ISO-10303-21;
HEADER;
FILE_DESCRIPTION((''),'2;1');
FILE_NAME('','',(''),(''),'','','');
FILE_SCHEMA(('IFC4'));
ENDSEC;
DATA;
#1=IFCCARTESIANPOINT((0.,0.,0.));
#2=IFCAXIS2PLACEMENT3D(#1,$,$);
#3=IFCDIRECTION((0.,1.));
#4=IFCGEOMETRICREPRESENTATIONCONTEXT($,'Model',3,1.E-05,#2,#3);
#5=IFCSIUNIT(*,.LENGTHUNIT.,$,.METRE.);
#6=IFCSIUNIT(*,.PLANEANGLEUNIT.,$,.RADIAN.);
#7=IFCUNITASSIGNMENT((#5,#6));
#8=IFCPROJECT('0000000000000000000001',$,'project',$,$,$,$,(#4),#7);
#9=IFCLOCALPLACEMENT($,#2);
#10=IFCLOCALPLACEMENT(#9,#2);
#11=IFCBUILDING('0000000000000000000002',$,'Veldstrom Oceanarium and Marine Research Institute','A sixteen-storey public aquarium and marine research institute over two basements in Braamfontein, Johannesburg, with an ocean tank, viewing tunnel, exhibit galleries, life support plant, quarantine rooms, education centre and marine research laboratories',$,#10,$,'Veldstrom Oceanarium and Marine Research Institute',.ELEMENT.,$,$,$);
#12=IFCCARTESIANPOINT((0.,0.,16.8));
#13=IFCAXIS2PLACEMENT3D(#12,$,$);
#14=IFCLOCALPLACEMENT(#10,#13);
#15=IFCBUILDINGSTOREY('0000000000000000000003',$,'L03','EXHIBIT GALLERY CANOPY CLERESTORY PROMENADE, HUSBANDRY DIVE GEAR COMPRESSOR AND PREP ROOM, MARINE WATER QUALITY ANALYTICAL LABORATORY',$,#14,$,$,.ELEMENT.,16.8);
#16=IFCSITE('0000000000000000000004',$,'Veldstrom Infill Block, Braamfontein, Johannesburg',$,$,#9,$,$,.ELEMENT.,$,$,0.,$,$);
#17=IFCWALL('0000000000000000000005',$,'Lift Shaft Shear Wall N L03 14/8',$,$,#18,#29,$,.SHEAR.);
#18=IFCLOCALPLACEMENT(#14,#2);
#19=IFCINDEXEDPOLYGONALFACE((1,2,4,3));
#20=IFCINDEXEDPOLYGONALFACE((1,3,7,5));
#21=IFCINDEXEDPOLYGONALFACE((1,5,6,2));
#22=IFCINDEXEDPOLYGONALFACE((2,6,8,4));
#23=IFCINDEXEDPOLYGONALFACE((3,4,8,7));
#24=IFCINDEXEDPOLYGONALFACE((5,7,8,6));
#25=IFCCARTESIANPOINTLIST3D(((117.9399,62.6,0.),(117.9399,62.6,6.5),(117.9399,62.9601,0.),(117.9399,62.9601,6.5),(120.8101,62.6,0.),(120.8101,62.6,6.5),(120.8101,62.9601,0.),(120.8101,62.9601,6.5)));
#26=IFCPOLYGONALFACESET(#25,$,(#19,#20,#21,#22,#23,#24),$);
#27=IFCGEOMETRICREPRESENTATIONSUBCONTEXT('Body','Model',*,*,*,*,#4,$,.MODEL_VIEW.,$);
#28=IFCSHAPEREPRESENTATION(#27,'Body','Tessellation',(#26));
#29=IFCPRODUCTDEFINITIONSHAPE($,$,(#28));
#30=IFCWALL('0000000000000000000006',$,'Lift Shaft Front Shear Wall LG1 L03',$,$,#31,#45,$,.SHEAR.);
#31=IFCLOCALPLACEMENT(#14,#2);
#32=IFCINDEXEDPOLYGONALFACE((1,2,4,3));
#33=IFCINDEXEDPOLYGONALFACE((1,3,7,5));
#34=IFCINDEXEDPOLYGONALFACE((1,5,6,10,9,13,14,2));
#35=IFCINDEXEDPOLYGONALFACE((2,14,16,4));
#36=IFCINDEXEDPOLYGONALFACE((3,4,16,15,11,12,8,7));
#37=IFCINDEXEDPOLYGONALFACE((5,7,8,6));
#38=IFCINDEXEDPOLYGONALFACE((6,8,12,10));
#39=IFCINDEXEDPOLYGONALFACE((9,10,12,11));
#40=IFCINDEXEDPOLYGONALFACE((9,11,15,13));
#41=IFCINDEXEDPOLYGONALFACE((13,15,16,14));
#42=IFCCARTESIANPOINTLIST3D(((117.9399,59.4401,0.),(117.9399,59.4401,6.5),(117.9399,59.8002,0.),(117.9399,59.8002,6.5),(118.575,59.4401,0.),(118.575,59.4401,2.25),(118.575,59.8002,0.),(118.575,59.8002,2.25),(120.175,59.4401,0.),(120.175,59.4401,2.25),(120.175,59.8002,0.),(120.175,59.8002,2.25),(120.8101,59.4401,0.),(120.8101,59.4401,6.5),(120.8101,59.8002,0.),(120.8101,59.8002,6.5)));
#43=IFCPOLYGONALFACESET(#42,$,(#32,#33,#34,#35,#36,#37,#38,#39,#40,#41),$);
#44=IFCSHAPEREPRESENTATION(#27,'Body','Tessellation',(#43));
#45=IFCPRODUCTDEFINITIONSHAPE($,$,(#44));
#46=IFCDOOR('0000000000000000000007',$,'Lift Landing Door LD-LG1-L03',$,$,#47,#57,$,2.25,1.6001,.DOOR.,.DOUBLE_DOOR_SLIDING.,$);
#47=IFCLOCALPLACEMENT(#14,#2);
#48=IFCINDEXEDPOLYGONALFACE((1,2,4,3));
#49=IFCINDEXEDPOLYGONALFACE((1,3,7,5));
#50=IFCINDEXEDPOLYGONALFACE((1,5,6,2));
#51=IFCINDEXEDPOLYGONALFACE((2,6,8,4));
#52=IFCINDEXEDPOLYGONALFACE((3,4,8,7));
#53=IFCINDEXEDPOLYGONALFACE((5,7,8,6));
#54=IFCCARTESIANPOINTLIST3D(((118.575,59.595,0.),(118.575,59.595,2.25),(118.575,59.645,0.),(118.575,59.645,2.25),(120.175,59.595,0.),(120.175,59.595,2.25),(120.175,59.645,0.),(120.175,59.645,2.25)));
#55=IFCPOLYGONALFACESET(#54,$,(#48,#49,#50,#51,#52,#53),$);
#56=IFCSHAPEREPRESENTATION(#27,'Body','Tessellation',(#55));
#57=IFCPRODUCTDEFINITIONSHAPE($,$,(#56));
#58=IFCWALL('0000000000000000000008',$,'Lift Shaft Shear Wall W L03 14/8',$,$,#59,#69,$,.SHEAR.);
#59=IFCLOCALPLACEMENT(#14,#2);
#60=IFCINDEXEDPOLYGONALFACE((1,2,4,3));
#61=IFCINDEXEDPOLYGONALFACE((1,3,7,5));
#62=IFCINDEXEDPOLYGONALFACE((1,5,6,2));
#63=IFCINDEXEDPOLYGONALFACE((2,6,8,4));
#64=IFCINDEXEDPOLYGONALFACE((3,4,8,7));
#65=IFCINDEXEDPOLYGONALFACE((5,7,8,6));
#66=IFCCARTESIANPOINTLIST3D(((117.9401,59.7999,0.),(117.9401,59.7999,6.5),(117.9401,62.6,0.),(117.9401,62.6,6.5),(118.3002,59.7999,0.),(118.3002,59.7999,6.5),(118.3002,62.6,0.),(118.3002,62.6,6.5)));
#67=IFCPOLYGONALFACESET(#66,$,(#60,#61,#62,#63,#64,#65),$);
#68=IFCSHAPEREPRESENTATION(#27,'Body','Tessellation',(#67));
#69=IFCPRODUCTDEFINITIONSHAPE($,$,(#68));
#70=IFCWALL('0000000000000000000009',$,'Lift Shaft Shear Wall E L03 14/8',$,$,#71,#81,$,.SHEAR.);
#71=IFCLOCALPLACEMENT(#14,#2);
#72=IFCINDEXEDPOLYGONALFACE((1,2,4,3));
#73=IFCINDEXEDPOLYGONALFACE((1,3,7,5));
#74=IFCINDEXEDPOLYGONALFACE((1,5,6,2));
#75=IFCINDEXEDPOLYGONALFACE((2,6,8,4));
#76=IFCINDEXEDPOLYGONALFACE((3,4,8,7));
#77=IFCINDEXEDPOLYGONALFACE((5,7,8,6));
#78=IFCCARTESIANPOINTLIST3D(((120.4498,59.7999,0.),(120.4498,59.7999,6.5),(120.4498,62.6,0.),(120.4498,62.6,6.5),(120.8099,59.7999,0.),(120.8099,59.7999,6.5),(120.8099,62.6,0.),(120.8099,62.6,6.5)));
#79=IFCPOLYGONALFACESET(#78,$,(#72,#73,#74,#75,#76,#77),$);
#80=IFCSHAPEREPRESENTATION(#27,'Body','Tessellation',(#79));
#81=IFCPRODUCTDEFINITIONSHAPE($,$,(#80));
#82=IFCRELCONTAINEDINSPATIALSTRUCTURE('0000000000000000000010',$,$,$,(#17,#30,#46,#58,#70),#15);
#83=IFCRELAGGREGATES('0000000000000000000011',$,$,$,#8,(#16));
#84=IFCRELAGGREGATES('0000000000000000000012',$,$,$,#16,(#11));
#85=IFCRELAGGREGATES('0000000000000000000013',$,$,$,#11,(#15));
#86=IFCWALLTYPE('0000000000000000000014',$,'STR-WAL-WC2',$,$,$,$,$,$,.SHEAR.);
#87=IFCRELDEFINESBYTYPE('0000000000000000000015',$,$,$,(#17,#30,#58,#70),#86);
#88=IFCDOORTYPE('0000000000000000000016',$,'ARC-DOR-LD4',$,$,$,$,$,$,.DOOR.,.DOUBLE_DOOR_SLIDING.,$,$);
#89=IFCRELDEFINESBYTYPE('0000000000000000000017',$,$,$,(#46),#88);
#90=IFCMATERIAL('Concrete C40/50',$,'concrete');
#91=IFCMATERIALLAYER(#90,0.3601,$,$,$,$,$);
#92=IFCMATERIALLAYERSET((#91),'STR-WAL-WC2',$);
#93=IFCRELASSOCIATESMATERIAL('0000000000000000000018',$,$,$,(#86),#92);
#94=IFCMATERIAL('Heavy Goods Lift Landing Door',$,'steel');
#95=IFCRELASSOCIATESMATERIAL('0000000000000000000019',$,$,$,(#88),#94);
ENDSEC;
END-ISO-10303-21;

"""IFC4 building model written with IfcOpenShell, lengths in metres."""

from ifc_helpers import new_model, si_unit, direction, frame, frame_2d, origin, place, context, subcontext, project, spatial, rectangle, extrude, material, layer, layer_set, type_object, element, fill, save


model = new_model("IFC4")

# Units and contexts
model_context = context("Model", 3, precision=1e-05, world=origin(), true_north=direction((0.0, 1.0)))
body_context = subcontext(model_context, "Body", "Model", "MODEL_VIEW")
ifc_project = project(units=[si_unit("LENGTHUNIT", "METRE"), si_unit("PLANEANGLEUNIT", "RADIAN")], contexts=[model_context])

# Site, building, storey
site_placement = place(None, origin())
site = spatial("IfcSite", under=ifc_project, at=site_placement, Name="Veldstrom Infill Block, Braamfontein, Johannesburg", CompositionType="ELEMENT", RefElevation=0.0)
building_placement = place(site_placement, origin())
building = spatial("IfcBuilding", under=site, at=building_placement, Name="Veldstrom Oceanarium and Marine Research Institute", Description="A sixteen-storey public aquarium and marine research institute over two basements in Braamfontein, Johannesburg, with an ocean tank, viewing tunnel, exhibit galleries, life support plant, quarantine rooms, education centre and marine research laboratories", LongName="Veldstrom Oceanarium and Marine Research Institute", CompositionType="ELEMENT")
storey_placement = place(building_placement, frame((0.0, 0.0, 16.8)))
storey = spatial("IfcBuildingStorey", under=building, at=storey_placement, Name="L03", Description="EXHIBIT GALLERY CANOPY CLERESTORY PROMENADE, HUSBANDRY DIVE GEAR COMPRESSOR AND PREP ROOM, MARINE WATER QUALITY ANALYTICAL LABORATORY", CompositionType="ELEMENT", Elevation=16.8)

# Wall
ifc_material_1 = material(Name="Concrete C40/50", Category="concrete")
ifc_layer_1 = layer(ifc_material_1, 0.3601)
ifc_layer_set_1 = layer_set([ifc_layer_1], Name="STR-WAL-WC2")
wall_type_1 = type_object("IfcWallType", Name="STR-WAL-WC2", PredefinedType="SHEAR", material=ifc_layer_set_1)
wall_1_placement = place(storey_placement, frame((117.9399, 62.78, 0.0), z_axis=(0.0, 0.0, 1.0), x_axis=(1.0, 0.0, 0.0)))
element("IfcWall", 1, at=wall_1_placement, inside=storey, type_object=wall_type_1, Name="Lift Shaft Shear Wall N L03 14/8", PredefinedType="SHEAR", context=body_context, shape_type="SweptSolid", body=[
    extrude(rectangle(XDim=2.8701, YDim=0.3601, at=frame_2d((1.4351, 0.0))), origin(), (0.0, 0.0, 1.0), 6.5),
])

# Wall, opening, door
wall_2_placement = place(storey_placement, frame((117.9399, 59.6201, 0.0), z_axis=(0.0, 0.0, 1.0), x_axis=(1.0, 0.0, 0.0)))
wall_2 = element("IfcWall", 2, at=wall_2_placement, inside=storey, type_object=wall_type_1, Name="Lift Shaft Front Shear Wall LG1 L03", PredefinedType="SHEAR", context=body_context, shape_type="SweptSolid", body=[
    extrude(rectangle(XDim=2.8701, YDim=0.3601, at=frame_2d((1.4351, 0.0))), origin(), (0.0, 0.0, 1.0), 6.5),
])
opening_1_placement = place(wall_2_placement, frame((0.635, 0.0, 0.0)))
opening_1 = element("IfcOpeningElement", 3, at=opening_1_placement, cuts=wall_2, PredefinedType="OPENING", context=body_context, shape_type="SweptSolid", body=[
    extrude(rectangle(XDim=1.6001, YDim=2.25, at=frame_2d((0.8, 1.125))), frame((0.0, 0.1899, 0.0), z_axis=(0.0, -1.0, 0.0), x_axis=(1.0, 0.0, 0.0)), (0.0, 0.0, 1.0), 0.3801),
])
ifc_material_2 = material(Name="Heavy Goods Lift Landing Door", Category="steel")
door_type_1 = type_object("IfcDoorType", Name="ARC-DOR-LD4", OperationType="DOUBLE_DOOR_SLIDING", PredefinedType="DOOR", material=ifc_material_2)
door_1_placement = place(opening_1_placement, origin())
door_1 = element("IfcDoor", 4, at=door_1_placement, inside=storey, type_object=door_type_1, Name="Lift Landing Door LD-LG1-L03", OperationType="DOUBLE_DOOR_SLIDING", OverallHeight=2.25, OverallWidth=1.6001, PredefinedType="DOOR", context=body_context, shape_type="SweptSolid", body=[
    extrude(rectangle(XDim=1.6001, YDim=2.25, at=frame_2d((0.8, 1.125))), frame((0.0, 0.0249, 0.0), z_axis=(0.0, -1.0, 0.0), x_axis=(1.0, 0.0, 0.0)), (0.0, 0.0, 1.0), 0.05),
])
fill(opening_1, door_1)

# Walls
for number, where, z_axis, x_axis, name in (
    (5, (118.1201, 59.8, 0.0), (0.0, 0.0, 1.0), (0.0, 1.0, 0.0), "Lift Shaft Shear Wall W L03 14/8"),
    (6, (120.6299, 59.8, 0.0), (0.0, 0.0, 1.0), (0.0, 1.0, 0.0), "Lift Shaft Shear Wall E L03 14/8"),
):
    element("IfcWall", number, at=place(storey_placement, frame(where, z_axis=z_axis, x_axis=x_axis)), inside=storey, type_object=wall_type_1, Name=name, PredefinedType="SHEAR", context=body_context, shape_type="SweptSolid", body=[
        extrude(rectangle(XDim=2.8, YDim=0.3601, at=frame_2d((1.3999, 0.0))), origin(), (0.0, 0.0, 1.0), 6.5),
    ])

save(model, "model.ifc")
